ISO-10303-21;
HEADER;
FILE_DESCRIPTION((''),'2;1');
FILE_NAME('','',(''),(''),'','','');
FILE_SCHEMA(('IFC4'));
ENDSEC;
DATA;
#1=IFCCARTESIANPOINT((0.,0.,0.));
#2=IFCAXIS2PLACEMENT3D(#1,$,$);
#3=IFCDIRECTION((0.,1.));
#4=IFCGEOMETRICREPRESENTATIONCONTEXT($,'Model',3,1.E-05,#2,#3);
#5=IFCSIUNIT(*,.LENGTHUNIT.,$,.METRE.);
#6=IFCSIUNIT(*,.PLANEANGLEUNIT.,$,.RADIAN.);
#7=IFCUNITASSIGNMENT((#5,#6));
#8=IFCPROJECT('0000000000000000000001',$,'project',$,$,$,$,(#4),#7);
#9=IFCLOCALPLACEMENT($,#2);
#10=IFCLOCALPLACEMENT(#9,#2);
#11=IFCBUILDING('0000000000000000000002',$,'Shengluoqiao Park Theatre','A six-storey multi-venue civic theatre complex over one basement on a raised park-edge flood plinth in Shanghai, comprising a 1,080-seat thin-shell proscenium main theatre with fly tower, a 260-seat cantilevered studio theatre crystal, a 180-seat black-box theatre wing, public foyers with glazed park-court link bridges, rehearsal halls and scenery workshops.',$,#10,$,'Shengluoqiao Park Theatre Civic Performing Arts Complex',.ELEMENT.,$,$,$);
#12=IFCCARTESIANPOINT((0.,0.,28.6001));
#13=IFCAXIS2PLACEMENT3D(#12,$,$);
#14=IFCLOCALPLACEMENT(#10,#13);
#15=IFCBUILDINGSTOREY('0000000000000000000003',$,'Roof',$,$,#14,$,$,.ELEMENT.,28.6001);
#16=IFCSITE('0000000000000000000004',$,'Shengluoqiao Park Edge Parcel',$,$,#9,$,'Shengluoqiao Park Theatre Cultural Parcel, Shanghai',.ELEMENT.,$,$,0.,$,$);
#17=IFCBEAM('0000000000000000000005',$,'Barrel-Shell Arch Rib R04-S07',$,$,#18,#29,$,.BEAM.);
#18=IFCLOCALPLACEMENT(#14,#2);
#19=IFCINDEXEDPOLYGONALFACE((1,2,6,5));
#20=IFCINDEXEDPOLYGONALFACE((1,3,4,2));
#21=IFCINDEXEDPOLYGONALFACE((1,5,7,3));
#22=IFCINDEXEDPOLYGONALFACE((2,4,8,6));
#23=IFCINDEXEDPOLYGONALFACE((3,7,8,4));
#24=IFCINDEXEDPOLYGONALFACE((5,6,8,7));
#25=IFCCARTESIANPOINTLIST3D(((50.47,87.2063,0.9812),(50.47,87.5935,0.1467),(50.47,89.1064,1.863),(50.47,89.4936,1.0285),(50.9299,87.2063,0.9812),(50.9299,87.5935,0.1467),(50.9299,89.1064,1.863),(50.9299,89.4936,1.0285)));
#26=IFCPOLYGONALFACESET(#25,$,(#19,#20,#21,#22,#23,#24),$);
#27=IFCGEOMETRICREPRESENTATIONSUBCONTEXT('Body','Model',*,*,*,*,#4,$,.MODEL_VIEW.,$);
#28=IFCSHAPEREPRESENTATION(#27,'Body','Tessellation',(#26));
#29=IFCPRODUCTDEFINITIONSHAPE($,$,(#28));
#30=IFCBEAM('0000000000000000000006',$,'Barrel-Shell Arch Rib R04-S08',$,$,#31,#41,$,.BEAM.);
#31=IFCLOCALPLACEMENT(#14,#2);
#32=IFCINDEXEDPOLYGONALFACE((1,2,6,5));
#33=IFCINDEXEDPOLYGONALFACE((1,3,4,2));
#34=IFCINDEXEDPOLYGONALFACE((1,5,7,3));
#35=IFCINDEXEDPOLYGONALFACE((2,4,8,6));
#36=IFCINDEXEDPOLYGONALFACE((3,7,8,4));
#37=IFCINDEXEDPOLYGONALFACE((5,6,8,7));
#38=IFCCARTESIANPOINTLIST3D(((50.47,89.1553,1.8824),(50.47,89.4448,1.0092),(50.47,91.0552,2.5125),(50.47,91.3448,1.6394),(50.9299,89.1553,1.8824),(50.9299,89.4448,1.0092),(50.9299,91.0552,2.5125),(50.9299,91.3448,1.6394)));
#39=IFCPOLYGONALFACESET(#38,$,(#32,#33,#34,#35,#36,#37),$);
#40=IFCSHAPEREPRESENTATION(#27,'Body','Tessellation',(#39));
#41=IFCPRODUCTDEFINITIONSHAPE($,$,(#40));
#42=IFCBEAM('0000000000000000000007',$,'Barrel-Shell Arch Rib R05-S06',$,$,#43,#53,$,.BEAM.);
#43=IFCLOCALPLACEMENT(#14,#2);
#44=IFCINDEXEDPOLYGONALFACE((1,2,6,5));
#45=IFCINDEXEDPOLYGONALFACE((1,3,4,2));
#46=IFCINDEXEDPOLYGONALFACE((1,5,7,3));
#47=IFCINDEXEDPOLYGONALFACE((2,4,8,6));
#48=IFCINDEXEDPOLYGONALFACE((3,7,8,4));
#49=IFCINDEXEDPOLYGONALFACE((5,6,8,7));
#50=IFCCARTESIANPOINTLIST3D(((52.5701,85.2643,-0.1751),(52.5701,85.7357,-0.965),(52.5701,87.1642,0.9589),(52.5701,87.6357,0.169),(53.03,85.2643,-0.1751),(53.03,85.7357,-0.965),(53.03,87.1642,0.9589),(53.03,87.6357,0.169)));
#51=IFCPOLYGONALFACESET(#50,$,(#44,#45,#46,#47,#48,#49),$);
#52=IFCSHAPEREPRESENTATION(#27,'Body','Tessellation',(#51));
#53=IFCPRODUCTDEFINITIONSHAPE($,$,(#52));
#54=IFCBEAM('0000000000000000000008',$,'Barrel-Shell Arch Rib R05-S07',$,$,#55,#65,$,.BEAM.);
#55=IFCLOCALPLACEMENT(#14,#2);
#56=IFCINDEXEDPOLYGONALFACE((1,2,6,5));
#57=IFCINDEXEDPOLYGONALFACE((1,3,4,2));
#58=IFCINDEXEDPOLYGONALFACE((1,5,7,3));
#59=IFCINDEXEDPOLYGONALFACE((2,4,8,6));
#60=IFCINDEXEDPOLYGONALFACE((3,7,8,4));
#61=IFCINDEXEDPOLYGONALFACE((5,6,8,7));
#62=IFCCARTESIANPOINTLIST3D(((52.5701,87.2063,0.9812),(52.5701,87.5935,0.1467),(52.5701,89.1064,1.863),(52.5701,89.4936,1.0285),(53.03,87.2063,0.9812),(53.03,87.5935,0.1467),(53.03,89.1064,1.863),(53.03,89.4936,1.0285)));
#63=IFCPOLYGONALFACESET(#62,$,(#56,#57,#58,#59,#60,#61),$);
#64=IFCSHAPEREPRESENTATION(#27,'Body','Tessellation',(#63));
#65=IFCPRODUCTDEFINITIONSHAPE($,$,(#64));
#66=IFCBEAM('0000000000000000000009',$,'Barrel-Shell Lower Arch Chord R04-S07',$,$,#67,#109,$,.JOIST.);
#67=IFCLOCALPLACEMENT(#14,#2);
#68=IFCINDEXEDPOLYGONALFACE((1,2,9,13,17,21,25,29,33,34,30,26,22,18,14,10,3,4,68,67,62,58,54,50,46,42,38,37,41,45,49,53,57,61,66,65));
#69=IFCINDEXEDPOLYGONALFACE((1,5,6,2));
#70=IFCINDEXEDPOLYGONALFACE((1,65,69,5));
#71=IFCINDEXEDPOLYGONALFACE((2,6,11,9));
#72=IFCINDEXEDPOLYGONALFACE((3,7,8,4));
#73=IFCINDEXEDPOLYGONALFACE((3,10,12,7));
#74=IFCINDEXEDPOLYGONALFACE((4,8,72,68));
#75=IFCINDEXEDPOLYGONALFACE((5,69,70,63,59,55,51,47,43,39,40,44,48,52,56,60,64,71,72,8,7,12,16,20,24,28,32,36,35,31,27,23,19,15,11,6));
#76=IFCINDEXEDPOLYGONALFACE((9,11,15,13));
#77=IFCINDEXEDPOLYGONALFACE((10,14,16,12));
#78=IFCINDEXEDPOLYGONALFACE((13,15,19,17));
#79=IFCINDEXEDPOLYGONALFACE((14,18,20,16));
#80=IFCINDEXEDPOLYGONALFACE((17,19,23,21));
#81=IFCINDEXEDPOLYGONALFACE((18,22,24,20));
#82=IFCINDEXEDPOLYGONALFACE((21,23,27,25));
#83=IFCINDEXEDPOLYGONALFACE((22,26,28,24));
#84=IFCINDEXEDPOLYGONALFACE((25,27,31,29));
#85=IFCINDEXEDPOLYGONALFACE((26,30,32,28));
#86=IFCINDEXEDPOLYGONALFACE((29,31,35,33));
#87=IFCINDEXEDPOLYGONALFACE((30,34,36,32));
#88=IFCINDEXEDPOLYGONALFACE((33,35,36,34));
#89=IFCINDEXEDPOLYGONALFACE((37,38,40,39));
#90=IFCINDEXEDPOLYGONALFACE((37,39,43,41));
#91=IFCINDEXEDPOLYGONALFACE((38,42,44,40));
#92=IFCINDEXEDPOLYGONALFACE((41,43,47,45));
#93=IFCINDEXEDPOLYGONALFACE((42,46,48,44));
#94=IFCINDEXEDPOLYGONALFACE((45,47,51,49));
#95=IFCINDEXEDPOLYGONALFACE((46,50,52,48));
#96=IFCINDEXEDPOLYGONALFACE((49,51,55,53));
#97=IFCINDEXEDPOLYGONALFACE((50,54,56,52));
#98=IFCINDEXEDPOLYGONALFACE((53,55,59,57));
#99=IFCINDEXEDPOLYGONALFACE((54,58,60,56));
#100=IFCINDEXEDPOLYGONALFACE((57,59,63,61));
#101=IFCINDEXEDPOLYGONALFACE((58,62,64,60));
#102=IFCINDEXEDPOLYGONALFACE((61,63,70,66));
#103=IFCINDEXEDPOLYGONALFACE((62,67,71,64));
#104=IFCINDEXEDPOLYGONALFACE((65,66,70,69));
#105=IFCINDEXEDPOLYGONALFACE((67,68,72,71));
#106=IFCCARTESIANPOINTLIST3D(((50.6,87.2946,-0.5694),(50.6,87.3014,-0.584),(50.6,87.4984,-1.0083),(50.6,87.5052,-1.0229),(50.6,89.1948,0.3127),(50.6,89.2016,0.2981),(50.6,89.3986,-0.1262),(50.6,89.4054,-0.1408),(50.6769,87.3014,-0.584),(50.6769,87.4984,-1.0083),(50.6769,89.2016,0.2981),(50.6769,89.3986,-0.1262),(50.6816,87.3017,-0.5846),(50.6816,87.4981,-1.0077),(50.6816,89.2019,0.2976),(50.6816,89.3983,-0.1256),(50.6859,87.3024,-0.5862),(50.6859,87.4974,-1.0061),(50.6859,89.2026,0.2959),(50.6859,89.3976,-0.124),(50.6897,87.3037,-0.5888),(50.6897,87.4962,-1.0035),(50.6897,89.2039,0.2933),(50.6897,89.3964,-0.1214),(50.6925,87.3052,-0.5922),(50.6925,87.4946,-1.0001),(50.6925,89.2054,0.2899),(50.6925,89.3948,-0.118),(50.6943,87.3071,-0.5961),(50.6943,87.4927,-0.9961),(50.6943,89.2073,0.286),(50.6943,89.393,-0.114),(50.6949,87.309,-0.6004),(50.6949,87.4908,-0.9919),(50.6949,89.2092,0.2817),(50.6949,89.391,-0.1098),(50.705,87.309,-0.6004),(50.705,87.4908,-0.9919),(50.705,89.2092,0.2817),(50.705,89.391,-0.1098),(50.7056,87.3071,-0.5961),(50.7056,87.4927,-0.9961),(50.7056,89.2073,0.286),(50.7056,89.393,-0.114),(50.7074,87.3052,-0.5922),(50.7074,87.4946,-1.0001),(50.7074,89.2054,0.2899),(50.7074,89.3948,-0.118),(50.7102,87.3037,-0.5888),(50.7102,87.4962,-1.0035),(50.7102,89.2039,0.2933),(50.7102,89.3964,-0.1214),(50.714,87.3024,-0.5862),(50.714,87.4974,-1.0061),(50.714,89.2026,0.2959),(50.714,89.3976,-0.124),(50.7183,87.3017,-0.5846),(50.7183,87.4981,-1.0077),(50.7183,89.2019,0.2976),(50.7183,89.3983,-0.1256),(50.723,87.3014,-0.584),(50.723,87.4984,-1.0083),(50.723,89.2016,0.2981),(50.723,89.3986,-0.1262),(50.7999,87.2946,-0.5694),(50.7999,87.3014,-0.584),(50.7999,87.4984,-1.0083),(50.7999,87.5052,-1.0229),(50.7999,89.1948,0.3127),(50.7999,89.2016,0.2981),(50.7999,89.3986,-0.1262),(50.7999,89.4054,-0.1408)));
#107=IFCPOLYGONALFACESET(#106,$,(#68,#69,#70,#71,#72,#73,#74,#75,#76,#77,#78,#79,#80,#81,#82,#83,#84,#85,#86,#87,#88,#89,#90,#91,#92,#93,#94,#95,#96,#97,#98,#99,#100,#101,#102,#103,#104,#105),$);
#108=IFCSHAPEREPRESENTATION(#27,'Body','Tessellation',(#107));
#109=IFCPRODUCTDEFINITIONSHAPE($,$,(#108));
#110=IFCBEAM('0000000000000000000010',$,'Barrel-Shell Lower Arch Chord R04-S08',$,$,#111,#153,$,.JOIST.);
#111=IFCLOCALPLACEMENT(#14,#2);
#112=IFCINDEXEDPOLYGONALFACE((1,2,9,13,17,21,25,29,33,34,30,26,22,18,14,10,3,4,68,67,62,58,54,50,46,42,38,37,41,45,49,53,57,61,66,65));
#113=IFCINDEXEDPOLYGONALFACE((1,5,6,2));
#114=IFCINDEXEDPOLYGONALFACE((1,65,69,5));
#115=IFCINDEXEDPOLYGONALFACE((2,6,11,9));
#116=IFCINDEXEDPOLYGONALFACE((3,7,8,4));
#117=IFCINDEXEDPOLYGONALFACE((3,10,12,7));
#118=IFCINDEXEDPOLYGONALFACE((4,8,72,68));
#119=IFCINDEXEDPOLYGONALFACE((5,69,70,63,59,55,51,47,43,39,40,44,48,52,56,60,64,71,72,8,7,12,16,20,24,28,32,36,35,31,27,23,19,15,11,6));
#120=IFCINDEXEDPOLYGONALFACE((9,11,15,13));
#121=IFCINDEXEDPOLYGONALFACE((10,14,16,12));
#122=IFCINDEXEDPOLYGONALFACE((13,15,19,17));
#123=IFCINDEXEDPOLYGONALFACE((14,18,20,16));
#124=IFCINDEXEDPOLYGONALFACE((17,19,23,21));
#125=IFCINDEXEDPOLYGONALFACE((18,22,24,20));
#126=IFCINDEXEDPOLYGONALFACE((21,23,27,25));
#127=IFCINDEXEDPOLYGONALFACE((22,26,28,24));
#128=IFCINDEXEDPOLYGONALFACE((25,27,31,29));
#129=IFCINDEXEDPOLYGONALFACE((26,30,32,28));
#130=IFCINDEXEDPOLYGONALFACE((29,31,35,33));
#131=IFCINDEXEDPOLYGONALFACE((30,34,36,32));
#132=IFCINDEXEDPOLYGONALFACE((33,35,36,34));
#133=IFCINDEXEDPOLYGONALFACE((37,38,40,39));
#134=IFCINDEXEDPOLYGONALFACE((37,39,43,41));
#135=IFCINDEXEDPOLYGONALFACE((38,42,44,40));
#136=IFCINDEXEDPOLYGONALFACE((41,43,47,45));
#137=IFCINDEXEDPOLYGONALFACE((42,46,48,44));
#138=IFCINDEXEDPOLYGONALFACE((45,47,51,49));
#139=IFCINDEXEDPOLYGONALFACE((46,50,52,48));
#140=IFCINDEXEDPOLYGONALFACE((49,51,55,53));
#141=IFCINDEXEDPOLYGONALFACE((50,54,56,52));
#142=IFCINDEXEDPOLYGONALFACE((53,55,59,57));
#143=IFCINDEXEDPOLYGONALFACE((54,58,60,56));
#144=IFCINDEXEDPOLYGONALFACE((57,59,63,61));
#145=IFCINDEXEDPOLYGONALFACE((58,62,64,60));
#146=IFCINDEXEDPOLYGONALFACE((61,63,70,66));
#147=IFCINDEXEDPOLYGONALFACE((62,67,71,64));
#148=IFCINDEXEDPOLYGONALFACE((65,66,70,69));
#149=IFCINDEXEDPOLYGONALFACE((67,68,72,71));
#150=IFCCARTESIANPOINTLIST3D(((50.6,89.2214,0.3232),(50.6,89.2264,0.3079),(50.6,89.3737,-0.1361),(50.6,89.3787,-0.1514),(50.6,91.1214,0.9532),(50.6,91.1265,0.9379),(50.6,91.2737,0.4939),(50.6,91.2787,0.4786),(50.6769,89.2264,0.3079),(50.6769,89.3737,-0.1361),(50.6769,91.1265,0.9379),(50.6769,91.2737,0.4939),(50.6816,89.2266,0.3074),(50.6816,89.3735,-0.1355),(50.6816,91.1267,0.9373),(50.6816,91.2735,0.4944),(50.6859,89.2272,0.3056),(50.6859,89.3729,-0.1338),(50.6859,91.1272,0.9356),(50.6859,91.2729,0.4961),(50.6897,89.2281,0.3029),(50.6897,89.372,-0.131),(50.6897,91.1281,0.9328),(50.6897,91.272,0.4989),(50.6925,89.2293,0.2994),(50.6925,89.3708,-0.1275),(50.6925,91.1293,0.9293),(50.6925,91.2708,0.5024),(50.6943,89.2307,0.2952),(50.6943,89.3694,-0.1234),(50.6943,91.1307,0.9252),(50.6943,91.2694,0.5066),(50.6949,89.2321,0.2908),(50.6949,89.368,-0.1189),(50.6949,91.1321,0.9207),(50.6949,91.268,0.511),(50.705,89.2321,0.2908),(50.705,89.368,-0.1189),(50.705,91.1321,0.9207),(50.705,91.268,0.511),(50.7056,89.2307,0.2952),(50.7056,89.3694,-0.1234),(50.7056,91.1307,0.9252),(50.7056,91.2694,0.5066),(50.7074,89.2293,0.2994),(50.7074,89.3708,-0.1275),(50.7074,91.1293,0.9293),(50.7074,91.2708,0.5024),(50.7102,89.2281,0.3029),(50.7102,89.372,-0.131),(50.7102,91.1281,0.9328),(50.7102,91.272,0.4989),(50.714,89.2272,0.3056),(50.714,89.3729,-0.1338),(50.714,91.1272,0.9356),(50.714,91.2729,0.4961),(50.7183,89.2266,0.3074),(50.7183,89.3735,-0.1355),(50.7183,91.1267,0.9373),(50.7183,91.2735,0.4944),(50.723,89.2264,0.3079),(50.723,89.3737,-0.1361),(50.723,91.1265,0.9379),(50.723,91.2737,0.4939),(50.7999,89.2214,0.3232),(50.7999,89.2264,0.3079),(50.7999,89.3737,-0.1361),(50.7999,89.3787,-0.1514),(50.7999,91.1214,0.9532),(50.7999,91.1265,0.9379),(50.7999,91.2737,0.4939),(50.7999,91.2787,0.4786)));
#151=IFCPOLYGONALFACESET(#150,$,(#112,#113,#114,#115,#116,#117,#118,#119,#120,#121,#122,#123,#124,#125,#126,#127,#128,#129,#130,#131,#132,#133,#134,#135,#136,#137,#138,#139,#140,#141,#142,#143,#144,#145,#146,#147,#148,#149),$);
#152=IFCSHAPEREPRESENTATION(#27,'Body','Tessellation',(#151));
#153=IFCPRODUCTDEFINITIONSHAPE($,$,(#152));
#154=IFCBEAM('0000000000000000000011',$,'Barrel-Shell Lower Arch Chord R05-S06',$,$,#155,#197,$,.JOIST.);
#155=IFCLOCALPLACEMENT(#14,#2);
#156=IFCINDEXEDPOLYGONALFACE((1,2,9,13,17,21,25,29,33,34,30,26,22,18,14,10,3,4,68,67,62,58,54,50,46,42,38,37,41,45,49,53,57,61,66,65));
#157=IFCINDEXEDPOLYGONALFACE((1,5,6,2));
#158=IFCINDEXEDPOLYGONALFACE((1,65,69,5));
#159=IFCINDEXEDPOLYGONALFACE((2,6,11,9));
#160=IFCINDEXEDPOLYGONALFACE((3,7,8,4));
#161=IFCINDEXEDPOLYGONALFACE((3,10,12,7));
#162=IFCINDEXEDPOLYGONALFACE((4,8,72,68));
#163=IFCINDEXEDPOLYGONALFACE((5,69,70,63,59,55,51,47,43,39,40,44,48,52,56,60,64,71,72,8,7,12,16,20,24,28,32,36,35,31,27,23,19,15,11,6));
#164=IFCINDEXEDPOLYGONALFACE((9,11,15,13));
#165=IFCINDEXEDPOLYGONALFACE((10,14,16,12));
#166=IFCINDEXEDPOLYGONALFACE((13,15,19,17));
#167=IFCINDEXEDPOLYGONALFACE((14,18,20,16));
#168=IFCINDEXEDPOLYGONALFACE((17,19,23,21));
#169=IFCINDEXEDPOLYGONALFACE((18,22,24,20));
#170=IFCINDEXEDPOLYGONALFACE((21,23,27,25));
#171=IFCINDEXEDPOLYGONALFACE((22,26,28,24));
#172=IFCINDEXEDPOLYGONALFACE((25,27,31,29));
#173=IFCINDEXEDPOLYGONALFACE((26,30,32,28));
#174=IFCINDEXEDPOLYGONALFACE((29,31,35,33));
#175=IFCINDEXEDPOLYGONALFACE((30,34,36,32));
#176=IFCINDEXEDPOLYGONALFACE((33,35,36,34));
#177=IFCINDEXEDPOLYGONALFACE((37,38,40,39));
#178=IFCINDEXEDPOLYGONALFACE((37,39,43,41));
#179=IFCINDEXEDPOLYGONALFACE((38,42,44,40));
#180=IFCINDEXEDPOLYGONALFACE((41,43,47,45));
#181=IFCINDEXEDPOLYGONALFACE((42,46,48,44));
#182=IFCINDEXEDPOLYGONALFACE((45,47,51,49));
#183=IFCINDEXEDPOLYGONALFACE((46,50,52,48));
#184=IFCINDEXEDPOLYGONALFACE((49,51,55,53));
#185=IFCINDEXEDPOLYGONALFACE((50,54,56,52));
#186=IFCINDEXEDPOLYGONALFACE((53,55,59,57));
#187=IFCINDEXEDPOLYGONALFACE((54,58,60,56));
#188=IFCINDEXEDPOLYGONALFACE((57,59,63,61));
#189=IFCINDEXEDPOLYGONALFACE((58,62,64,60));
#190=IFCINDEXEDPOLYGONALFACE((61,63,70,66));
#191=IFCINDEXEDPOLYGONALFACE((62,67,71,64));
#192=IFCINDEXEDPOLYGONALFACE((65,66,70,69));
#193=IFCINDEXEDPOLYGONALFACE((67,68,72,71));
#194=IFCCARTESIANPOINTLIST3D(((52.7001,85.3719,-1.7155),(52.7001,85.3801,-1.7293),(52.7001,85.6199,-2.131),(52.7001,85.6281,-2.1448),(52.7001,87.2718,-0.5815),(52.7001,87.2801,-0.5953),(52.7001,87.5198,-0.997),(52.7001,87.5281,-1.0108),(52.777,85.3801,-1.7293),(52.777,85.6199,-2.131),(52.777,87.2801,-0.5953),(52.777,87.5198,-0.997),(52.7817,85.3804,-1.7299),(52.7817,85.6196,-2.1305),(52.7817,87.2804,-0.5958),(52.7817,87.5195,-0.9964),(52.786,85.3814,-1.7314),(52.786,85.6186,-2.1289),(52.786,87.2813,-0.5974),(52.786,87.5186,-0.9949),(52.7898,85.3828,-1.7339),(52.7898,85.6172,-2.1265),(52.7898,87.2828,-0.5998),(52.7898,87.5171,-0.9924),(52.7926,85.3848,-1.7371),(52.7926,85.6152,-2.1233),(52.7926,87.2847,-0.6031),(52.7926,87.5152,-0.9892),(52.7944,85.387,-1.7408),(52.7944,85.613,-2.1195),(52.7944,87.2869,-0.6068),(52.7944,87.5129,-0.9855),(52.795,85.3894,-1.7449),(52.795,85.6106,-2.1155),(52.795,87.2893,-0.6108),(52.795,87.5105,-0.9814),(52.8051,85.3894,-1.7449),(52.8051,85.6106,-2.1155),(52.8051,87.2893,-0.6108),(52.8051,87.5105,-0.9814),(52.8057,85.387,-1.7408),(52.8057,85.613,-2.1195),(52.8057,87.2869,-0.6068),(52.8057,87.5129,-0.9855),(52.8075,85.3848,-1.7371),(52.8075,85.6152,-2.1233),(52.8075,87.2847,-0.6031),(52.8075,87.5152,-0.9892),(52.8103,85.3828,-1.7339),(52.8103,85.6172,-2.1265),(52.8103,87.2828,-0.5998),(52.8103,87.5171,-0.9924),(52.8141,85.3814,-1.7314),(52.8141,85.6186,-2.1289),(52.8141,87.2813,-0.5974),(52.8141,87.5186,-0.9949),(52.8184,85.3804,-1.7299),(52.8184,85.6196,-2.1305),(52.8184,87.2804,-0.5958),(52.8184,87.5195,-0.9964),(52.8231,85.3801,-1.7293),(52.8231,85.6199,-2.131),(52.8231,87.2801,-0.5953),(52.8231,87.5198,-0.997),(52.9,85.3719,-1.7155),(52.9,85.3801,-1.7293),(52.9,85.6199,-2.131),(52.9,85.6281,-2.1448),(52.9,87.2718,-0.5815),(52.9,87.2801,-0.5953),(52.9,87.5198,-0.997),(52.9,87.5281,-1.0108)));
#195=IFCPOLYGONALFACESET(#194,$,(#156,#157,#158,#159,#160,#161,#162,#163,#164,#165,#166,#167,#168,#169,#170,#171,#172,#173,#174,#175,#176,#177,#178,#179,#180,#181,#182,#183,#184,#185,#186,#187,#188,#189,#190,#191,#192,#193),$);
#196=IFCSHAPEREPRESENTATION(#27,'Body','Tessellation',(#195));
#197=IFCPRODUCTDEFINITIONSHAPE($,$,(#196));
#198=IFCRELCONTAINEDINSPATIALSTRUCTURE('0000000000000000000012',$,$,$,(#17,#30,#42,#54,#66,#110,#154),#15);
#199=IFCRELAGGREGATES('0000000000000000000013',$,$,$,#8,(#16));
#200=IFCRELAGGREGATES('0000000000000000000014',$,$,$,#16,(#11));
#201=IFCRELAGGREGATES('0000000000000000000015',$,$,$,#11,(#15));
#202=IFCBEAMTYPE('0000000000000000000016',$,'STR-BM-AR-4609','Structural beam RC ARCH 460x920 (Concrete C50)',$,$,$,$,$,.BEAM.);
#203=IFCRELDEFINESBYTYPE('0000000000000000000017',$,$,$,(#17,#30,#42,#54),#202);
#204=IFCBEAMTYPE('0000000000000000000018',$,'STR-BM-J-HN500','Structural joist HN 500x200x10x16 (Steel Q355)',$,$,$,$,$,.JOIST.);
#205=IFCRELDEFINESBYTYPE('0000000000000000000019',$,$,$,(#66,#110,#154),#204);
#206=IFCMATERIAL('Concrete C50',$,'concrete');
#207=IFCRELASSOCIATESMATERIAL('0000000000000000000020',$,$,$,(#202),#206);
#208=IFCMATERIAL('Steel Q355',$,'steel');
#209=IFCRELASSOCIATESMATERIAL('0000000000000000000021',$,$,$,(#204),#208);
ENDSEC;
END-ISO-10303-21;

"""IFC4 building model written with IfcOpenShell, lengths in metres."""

from ifc_helpers import new_model, si_unit, direction, frame, origin, origin_2d, place, context, subcontext, project, spatial, rectangle, i_section, extrude, material, material_profile, profile_set, type_object, element, save


model = new_model("IFC4")

# Units and contexts
model_context = context("Model", 3, precision=1e-05, world=origin(), true_north=direction((0.0, 1.0)))
body_context = subcontext(model_context, "Body", "Model", "MODEL_VIEW")
ifc_project = project(units=[si_unit("LENGTHUNIT", "METRE"), si_unit("PLANEANGLEUNIT", "RADIAN")], contexts=[model_context])

# Site, building, storey
site_placement = place(None, origin())
site = spatial("IfcSite", under=ifc_project, at=site_placement, Name="Shengluoqiao Park Edge Parcel", LongName="Shengluoqiao Park Theatre Cultural Parcel, Shanghai", CompositionType="ELEMENT", RefElevation=0.0)
building_placement = place(site_placement, origin())
building = spatial("IfcBuilding", under=site, at=building_placement, Name="Shengluoqiao Park Theatre", Description="A six-storey multi-venue civic theatre complex over one basement on a raised park-edge flood plinth in Shanghai, comprising a 1,080-seat thin-shell proscenium main theatre with fly tower, a 260-seat cantilevered studio theatre crystal, a 180-seat black-box theatre wing, public foyers with glazed park-court link bridges, rehearsal halls and scenery workshops.", LongName="Shengluoqiao Park Theatre Civic Performing Arts Complex", CompositionType="ELEMENT")
storey_placement = place(building_placement, frame((0.0, 0.0, 28.6001)))
storey = spatial("IfcBuildingStorey", under=building, at=storey_placement, Name="Roof", CompositionType="ELEMENT", Elevation=28.6001)

# Beams
ifc_material_1 = material(Name="Concrete C50", Category="concrete")
ifc_material_profile_1 = material_profile(ifc_material_1, rectangle(XDim=0.46, YDim=0.9199, at=origin_2d()), Name="RC ARCH 460x920")
ifc_profile_set_1 = profile_set([ifc_material_profile_1], Name="Concrete C50")
beam_type_1 = type_object("IfcBeamType", Name="STR-BM-AR-4609", Description="Structural beam RC ARCH 460x920 (Concrete C50)", PredefinedType="BEAM", material=ifc_profile_set_1)
beam_1_placement = place(storey_placement, frame((50.7, 87.3999, 0.564), z_axis=(0.0, 0.907077, 0.420964), x_axis=(-1.0, 0.0, 0.0)))
element("IfcBeam", 1, at=beam_1_placement, inside=storey, type_object=beam_type_1, Name="Barrel-Shell Arch Rib R04-S07", PredefinedType="BEAM", context=body_context, shape_type="SweptSolid", body=[
    extrude(rectangle(XDim=0.46, YDim=0.9199, at=origin_2d()), origin(), (0.0, 0.0, 1.0), 2.0947),
])
beam_2_placement = place(storey_placement, frame((50.7, 89.3, 1.4458), z_axis=(0.0, 0.949158, 0.3148), x_axis=(-1.0, 0.0, 0.0)))
element("IfcBeam", 2, at=beam_2_placement, inside=storey, type_object=beam_type_1, Name="Barrel-Shell Arch Rib R04-S08", PredefinedType="BEAM", context=body_context, shape_type="SweptSolid", body=[
    extrude(rectangle(XDim=0.46, YDim=0.9199, at=origin_2d()), origin(), (0.0, 0.0, 1.0), 2.0017),
])
beam_3_placement = place(storey_placement, frame((52.8, 85.5, -0.5701), z_axis=(0.0, 0.858669, 0.512531), x_axis=(-1.0, 0.0, 0.0)))
element("IfcBeam", 3, at=beam_3_placement, inside=storey, type_object=beam_type_1, Name="Barrel-Shell Arch Rib R05-S06", PredefinedType="BEAM", context=body_context, shape_type="SweptSolid", body=[
    extrude(rectangle(XDim=0.46, YDim=0.9199, at=origin_2d()), origin(), (0.0, 0.0, 1.0), 2.2126),
])
beam_4_placement = place(storey_placement, frame((52.8, 87.3999, 0.564), z_axis=(0.0, 0.907077, 0.420964), x_axis=(-1.0, 0.0, 0.0)))
element("IfcBeam", 4, at=beam_4_placement, inside=storey, type_object=beam_type_1, Name="Barrel-Shell Arch Rib R05-S07", PredefinedType="BEAM", context=body_context, shape_type="SweptSolid", body=[
    extrude(rectangle(XDim=0.46, YDim=0.9199, at=origin_2d()), origin(), (0.0, 0.0, 1.0), 2.0947),
])
ifc_material_2 = material(Name="Steel Q355", Category="steel")
ifc_material_profile_2 = material_profile(ifc_material_2, i_section(OverallWidth=0.2, OverallDepth=0.5, WebThickness=0.01, FlangeThickness=0.0161, FilletRadius=0.0181, at=origin_2d()), Name="HN 500x200x10x16")
ifc_profile_set_2 = profile_set([ifc_material_profile_2], Name="Steel Q355")
beam_type_2 = type_object("IfcBeamType", Name="STR-BM-J-HN500", Description="Structural joist HN 500x200x10x16 (Steel Q355)", PredefinedType="JOIST", material=ifc_profile_set_2)
beam_5_placement = place(storey_placement, frame((50.7, 87.3999, -0.7961), z_axis=(0.0, 0.907033, 0.42106), x_axis=(-1.0, 0.0, 0.0)))
element("IfcBeam", 5, at=beam_5_placement, inside=storey, type_object=beam_type_2, Name="Barrel-Shell Lower Arch Chord R04-S07", PredefinedType="JOIST", context=body_context, shape_type="SweptSolid", body=[
    extrude(i_section(OverallWidth=0.2, OverallDepth=0.5, WebThickness=0.01, FlangeThickness=0.0161, FilletRadius=0.0181, at=origin_2d()), origin(), (0.0, 0.0, 1.0), 2.095),
])
beam_6_placement = place(storey_placement, frame((50.7, 89.3, 0.0859), z_axis=(0.0, 0.949194, 0.31469), x_axis=(-1.0, 0.0, 0.0)))
element("IfcBeam", 6, at=beam_6_placement, inside=storey, type_object=beam_type_2, Name="Barrel-Shell Lower Arch Chord R04-S08", PredefinedType="JOIST", context=body_context, shape_type="SweptSolid", body=[
    extrude(i_section(OverallWidth=0.2, OverallDepth=0.5, WebThickness=0.01, FlangeThickness=0.0161, FilletRadius=0.0181, at=origin_2d()), origin(), (0.0, 0.0, 1.0), 2.0017),
])
beam_7_placement = place(storey_placement, frame((52.8, 85.5, -1.9302), z_axis=(0.0, 0.858669, 0.512531), x_axis=(-1.0, 0.0, 0.0)))
element("IfcBeam", 7, at=beam_7_placement, inside=storey, type_object=beam_type_2, Name="Barrel-Shell Lower Arch Chord R05-S06", PredefinedType="JOIST", context=body_context, shape_type="SweptSolid", body=[
    extrude(i_section(OverallWidth=0.2, OverallDepth=0.5, WebThickness=0.01, FlangeThickness=0.0161, FilletRadius=0.0181, at=origin_2d()), origin(), (0.0, 0.0, 1.0), 2.2126),
])

save(model, "model.ifc")
